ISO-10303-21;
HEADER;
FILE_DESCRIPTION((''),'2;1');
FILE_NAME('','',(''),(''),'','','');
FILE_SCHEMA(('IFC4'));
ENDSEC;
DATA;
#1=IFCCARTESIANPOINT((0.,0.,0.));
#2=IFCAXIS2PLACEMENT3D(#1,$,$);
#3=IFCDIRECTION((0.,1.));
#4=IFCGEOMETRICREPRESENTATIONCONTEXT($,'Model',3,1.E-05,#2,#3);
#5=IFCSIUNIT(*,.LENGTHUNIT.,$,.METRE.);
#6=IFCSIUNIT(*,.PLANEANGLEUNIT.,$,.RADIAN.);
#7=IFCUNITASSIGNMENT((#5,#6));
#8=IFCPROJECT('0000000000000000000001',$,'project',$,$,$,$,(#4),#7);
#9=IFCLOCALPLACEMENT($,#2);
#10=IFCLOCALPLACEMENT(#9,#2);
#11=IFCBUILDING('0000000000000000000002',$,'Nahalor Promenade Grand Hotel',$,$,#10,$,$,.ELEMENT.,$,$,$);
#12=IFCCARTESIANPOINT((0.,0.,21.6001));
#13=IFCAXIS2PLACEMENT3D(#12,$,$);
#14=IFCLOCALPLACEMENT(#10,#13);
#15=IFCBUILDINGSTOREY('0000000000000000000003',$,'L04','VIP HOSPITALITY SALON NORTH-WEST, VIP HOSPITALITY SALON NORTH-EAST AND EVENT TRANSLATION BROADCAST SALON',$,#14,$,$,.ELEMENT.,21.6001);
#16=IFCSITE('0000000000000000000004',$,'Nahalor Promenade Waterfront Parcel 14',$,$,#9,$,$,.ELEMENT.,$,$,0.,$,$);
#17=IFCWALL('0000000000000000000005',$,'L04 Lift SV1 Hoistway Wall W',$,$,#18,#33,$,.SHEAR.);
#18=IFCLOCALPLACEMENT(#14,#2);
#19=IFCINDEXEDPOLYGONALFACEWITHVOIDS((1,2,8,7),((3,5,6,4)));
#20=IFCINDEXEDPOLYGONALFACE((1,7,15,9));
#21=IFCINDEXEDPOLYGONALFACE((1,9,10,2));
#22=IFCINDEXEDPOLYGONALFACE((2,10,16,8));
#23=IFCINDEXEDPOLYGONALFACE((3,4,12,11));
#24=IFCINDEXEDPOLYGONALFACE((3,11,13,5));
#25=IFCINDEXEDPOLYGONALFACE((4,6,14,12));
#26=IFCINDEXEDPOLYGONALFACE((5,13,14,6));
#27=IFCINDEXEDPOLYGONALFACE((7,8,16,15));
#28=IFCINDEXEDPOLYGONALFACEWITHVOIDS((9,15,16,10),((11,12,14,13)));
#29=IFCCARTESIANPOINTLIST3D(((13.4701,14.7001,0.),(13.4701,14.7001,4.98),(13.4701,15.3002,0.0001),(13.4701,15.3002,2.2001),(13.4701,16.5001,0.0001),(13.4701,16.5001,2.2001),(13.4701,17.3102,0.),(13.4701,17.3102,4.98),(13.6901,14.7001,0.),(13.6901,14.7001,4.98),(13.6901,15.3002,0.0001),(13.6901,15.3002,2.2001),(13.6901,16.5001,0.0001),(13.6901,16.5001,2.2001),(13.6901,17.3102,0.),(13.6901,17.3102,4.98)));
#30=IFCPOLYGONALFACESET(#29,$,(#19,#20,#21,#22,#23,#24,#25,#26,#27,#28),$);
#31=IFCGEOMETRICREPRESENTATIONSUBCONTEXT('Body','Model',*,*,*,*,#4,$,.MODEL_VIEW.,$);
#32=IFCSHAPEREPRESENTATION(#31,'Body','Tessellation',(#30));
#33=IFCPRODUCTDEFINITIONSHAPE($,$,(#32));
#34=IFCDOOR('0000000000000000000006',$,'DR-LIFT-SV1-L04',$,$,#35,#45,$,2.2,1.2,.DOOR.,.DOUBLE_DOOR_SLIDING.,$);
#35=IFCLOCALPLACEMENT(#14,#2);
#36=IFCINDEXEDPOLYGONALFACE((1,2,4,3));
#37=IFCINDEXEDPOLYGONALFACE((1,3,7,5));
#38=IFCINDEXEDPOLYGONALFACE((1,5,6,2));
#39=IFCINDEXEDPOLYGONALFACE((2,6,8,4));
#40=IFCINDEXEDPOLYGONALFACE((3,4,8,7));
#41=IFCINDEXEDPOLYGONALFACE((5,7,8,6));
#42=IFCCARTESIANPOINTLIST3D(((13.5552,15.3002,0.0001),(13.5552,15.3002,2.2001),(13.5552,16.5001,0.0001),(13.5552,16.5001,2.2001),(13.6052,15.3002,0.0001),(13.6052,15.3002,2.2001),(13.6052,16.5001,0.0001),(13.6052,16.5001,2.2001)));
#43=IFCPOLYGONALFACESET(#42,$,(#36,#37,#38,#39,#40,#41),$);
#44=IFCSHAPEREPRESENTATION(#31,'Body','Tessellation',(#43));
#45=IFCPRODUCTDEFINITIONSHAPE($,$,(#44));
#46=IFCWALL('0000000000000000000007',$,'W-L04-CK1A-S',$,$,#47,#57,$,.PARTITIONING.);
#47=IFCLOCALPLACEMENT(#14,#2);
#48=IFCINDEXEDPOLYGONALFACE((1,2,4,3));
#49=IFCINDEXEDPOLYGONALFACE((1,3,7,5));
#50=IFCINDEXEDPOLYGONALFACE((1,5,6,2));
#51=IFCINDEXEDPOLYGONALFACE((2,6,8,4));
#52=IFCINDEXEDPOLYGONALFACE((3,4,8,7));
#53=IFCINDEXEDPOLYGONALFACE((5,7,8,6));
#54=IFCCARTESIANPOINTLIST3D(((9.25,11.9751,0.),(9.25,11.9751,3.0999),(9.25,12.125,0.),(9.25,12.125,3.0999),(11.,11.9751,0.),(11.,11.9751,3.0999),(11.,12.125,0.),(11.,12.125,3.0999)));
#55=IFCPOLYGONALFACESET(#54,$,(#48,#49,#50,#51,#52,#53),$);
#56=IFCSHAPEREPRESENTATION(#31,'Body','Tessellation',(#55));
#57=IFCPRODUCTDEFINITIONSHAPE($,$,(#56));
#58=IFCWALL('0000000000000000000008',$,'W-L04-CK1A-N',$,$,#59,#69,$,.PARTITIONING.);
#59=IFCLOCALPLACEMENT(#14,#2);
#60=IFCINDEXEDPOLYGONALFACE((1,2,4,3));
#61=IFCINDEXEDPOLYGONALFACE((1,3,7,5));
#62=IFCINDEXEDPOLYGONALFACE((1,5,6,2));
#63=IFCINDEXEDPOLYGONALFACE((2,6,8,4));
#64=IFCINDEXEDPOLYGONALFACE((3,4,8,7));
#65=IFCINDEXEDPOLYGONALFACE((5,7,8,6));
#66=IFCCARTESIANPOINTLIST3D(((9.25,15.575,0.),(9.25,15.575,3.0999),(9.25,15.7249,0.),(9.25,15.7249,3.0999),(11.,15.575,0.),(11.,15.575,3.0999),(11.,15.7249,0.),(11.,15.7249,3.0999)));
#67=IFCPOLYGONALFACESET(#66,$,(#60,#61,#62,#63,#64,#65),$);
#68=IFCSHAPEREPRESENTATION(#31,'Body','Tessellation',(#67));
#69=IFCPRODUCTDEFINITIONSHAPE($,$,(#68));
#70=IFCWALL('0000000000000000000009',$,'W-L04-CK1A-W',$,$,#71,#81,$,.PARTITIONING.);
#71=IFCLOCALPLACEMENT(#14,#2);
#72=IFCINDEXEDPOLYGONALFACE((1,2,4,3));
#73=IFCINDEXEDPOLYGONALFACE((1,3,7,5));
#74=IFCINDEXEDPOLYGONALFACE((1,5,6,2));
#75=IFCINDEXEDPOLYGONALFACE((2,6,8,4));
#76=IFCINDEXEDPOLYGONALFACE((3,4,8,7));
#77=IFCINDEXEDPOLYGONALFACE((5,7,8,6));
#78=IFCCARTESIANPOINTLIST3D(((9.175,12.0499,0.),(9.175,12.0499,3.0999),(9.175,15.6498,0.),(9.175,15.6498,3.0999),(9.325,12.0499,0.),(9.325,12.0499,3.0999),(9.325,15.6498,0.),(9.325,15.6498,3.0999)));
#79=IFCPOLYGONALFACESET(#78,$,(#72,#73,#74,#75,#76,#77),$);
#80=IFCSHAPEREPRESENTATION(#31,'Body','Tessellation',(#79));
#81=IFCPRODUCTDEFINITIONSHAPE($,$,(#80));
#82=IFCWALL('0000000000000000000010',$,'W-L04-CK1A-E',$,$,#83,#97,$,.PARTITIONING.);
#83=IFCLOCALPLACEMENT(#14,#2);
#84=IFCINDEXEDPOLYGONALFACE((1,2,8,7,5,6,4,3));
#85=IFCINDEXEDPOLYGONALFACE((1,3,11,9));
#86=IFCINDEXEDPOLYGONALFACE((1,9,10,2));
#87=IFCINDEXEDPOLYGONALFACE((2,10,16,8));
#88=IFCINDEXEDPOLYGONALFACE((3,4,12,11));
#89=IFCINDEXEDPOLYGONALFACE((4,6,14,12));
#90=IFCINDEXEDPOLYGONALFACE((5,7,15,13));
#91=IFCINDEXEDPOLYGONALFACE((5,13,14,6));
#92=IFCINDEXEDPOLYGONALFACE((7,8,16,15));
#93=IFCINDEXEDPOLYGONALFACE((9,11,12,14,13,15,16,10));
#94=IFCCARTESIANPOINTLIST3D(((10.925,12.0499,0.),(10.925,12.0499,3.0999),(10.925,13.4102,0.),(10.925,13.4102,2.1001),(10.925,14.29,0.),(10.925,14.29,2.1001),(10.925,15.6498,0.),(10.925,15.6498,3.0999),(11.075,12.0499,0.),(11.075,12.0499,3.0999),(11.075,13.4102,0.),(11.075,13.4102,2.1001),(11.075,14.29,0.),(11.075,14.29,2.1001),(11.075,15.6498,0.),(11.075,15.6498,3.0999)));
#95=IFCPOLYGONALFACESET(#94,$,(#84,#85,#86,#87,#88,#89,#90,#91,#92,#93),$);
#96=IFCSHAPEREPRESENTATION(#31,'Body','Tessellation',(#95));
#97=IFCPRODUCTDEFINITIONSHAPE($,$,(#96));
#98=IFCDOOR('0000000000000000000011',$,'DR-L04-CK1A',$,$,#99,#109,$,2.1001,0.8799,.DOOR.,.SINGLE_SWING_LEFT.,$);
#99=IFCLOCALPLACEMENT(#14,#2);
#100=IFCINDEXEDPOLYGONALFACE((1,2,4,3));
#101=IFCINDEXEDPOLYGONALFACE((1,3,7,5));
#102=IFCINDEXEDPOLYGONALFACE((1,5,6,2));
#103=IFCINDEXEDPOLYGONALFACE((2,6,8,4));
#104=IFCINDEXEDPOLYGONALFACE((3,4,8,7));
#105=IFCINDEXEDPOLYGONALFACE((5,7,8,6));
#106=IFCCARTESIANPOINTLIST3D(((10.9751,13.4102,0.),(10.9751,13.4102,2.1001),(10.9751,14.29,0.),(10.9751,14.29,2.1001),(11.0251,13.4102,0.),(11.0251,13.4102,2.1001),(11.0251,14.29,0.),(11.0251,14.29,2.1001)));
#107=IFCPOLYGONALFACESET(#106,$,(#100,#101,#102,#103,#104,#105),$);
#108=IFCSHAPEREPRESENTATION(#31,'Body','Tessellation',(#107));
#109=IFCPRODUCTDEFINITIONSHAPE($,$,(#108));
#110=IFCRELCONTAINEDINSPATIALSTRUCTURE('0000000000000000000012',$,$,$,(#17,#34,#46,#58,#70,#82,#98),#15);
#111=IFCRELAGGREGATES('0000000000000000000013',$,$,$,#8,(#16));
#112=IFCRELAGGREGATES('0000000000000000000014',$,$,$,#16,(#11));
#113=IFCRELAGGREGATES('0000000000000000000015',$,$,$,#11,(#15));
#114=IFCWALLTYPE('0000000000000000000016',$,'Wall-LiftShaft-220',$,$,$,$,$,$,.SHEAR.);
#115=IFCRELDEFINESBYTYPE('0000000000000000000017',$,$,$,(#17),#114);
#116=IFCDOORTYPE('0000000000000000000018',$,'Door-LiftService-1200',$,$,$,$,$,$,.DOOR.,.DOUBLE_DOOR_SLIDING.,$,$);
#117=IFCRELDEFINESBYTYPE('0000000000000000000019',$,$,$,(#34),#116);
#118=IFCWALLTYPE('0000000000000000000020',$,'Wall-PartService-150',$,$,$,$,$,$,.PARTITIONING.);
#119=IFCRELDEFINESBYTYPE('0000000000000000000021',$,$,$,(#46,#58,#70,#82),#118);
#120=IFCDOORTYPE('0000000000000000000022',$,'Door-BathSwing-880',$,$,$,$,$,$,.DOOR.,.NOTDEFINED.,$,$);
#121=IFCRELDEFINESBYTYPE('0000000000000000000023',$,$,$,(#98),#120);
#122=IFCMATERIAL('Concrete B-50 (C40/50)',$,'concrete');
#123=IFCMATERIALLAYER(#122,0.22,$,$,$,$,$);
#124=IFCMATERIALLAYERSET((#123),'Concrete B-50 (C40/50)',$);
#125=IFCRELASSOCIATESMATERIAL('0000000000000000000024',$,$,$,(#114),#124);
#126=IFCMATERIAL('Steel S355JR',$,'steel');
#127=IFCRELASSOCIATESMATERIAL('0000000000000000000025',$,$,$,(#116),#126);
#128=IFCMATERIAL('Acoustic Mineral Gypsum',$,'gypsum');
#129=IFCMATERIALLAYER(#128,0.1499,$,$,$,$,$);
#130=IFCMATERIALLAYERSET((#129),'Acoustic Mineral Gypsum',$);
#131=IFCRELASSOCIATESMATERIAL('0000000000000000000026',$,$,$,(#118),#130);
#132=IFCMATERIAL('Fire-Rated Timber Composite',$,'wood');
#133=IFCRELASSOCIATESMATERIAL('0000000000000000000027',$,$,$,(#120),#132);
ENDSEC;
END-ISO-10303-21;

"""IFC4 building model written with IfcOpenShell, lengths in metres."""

from ifc_helpers import new_model, si_unit, direction, frame, frame_2d, origin, place, context, subcontext, project, spatial, rectangle, extrude, source, transform, mapped, material, layer, layer_set, type_object, element, fill, save


model = new_model("IFC4")

# Units and contexts
model_context = context("Model", 3, precision=1e-05, world=origin(), true_north=direction((0.0, 1.0)))
body_context = subcontext(model_context, "Body", "Model", "MODEL_VIEW")
ifc_project = project(units=[si_unit("LENGTHUNIT", "METRE"), si_unit("PLANEANGLEUNIT", "RADIAN")], contexts=[model_context])

# Site, building, storey
site_placement = place(None, origin())
site = spatial("IfcSite", under=ifc_project, at=site_placement, Name="Nahalor Promenade Waterfront Parcel 14", CompositionType="ELEMENT", RefElevation=0.0)
building_placement = place(site_placement, origin())
building = spatial("IfcBuilding", under=site, at=building_placement, Name="Nahalor Promenade Grand Hotel", CompositionType="ELEMENT")
storey_placement = place(building_placement, frame((0.0, 0.0, 21.6001)))
storey = spatial("IfcBuildingStorey", under=building, at=storey_placement, Name="L04", Description="VIP HOSPITALITY SALON NORTH-WEST, VIP HOSPITALITY SALON NORTH-EAST AND EVENT TRANSLATION BROADCAST SALON", CompositionType="ELEMENT", Elevation=21.6001)

# Shared definitions
ifc_material_1 = material(Name="Steel S355JR", Category="steel")

# Shared definitions
ifc_material_2 = material(Name="Concrete B-50 (C40/50)", Category="concrete")
ifc_layer_1 = layer(ifc_material_2, 0.22)
ifc_layer_set_1 = layer_set([ifc_layer_1], Name="Concrete B-50 (C40/50)")
wall_type_1 = type_object("IfcWallType", Name="Wall-LiftShaft-220", PredefinedType="SHEAR", material=ifc_layer_set_1)

# Wall, opening, door
shared_shape_1 = source(origin(), body_context, "Body", "SweptSolid", [
    extrude(rectangle(XDim=2.6101, YDim=0.22, at=frame_2d((1.3052, 0.0))), origin(), (0.0, 0.0, 1.0), 4.98),
])
wall_1_placement = place(storey_placement, frame((13.5801, 14.7, 0.0), z_axis=(0.0, 0.0, 1.0), x_axis=(0.0, 1.0, 0.0)))
wall_1 = element("IfcWall", 1, at=wall_1_placement, inside=storey, type_object=wall_type_1, Name="L04 Lift SV1 Hoistway Wall W", PredefinedType="SHEAR", context=body_context, shape_type="MappedRepresentation", body=[
    mapped(shared_shape_1, transform((0.0, 0.0, 0.0), scale=1.0)),
])
opening_1_placement = place(wall_1_placement, frame((0.6001, 0.0, 0.0)))
opening_1 = element("IfcOpeningElement", 2, at=opening_1_placement, cuts=wall_1, PredefinedType="OPENING", context=body_context, shape_type="SweptSolid", body=[
    extrude(rectangle(XDim=1.2, YDim=2.2, at=frame_2d((0.6001, 1.1001))), frame((0.0, 0.1199, 0.0), z_axis=(0.0, -1.0, 0.0), x_axis=(1.0, 0.0, 0.0)), (0.0, 0.0, 1.0), 0.24),
])
door_type_1 = type_object("IfcDoorType", Name="Door-LiftService-1200", OperationType="DOUBLE_DOOR_SLIDING", PredefinedType="DOOR", material=ifc_material_1)
shared_shape_2 = source(origin(), body_context, "Body", "SweptSolid", [
    extrude(rectangle(XDim=1.2, YDim=2.2, at=frame_2d((0.6001, 1.1001))), frame((0.0, 0.0249, 0.0), z_axis=(0.0, -1.0, 0.0), x_axis=(1.0, 0.0, 0.0)), (0.0, 0.0, 1.0), 0.05),
])
door_1_placement = place(opening_1_placement, origin())
door_1 = element("IfcDoor", 3, at=door_1_placement, inside=storey, type_object=door_type_1, Name="DR-LIFT-SV1-L04", OperationType="DOUBLE_DOOR_SLIDING", OverallHeight=2.2, OverallWidth=1.2, PredefinedType="DOOR", context=body_context, shape_type="MappedRepresentation", body=[
    mapped(shared_shape_2, transform((0.0, 0.0, 0.0), scale=1.0)),
])
fill(opening_1, door_1)

# Walls
ifc_material_3 = material(Name="Acoustic Mineral Gypsum", Category="gypsum")
ifc_layer_2 = layer(ifc_material_3, 0.1499)
ifc_layer_set_2 = layer_set([ifc_layer_2], Name="Acoustic Mineral Gypsum")
wall_type_2 = type_object("IfcWallType", Name="Wall-PartService-150", PredefinedType="PARTITIONING", material=ifc_layer_set_2)
shared_shape_3 = source(origin(), body_context, "Body", "SweptSolid", [
    extrude(rectangle(XDim=1.75, YDim=0.1499, at=frame_2d((0.875, 0.0))), origin(), (0.0, 0.0, 1.0), 3.0999),
])
for number, where, z_axis, x_axis, name in (
    (4, (9.25, 12.05, 0.0), (0.0, 0.0, 1.0), (1.0, 0.0, 0.0), "W-L04-CK1A-S"),
    (5, (9.25, 15.6499, 0.0), (0.0, 0.0, 1.0), (1.0, 0.0, 0.0), "W-L04-CK1A-N"),
):
    element("IfcWall", number, at=place(storey_placement, frame(where, z_axis=z_axis, x_axis=x_axis)), inside=storey, type_object=wall_type_2, Name=name, PredefinedType="PARTITIONING", context=body_context, shape_type="MappedRepresentation", body=[
        mapped(shared_shape_3, transform((0.0, 0.0, 0.0), scale=1.0)),
    ])
shared_shape_4 = source(origin(), body_context, "Body", "SweptSolid", [
    extrude(rectangle(XDim=3.5999, YDim=0.1499, at=frame_2d((1.7998, 0.0))), origin(), (0.0, 0.0, 1.0), 3.0999),
])
wall_2_placement = place(storey_placement, frame((9.25, 12.05, 0.0), z_axis=(0.0, 0.0, 1.0), x_axis=(0.0, 1.0, 0.0)))
element("IfcWall", 6, at=wall_2_placement, inside=storey, type_object=wall_type_2, Name="W-L04-CK1A-W", PredefinedType="PARTITIONING", context=body_context, shape_type="MappedRepresentation", body=[
    mapped(shared_shape_4, transform((0.0, 0.0, 0.0), scale=1.0)),
])

# Wall, opening, door
wall_3_placement = place(storey_placement, frame((11.0, 12.05, 0.0), z_axis=(0.0, 0.0, 1.0), x_axis=(0.0, 1.0, 0.0)))
wall_3 = element("IfcWall", 7, at=wall_3_placement, inside=storey, type_object=wall_type_2, Name="W-L04-CK1A-E", PredefinedType="PARTITIONING", context=body_context, shape_type="MappedRepresentation", body=[
    mapped(shared_shape_4, transform((0.0, 0.0, 0.0), scale=1.0)),
])
opening_2_placement = place(wall_3_placement, frame((1.3601, 0.0, 0.0)))
opening_2 = element("IfcOpeningElement", 8, at=opening_2_placement, cuts=wall_3, PredefinedType="OPENING", context=body_context, shape_type="SweptSolid", body=[
    extrude(rectangle(XDim=0.8799, YDim=2.1001, at=frame_2d((0.4399, 1.05))), frame((0.0, 0.085, 0.0), z_axis=(0.0, -1.0, 0.0), x_axis=(1.0, 0.0, 0.0)), (0.0, 0.0, 1.0), 0.1699),
])
ifc_material_4 = material(Name="Fire-Rated Timber Composite", Category="wood")
door_type_2 = type_object("IfcDoorType", Name="Door-BathSwing-880", OperationType="NOTDEFINED", PredefinedType="DOOR", material=ifc_material_4)
shared_shape_5 = source(origin(), body_context, "Body", "SweptSolid", [
    extrude(rectangle(XDim=0.8799, YDim=2.1001, at=frame_2d((0.4399, 1.05))), frame((0.0, 0.0249, 0.0), z_axis=(0.0, -1.0, 0.0), x_axis=(1.0, 0.0, 0.0)), (0.0, 0.0, 1.0), 0.05),
])
door_2_placement = place(opening_2_placement, origin())
door_2 = element("IfcDoor", 9, at=door_2_placement, inside=storey, type_object=door_type_2, Name="DR-L04-CK1A", OperationType="SINGLE_SWING_LEFT", OverallHeight=2.1001, OverallWidth=0.8799, PredefinedType="DOOR", context=body_context, shape_type="MappedRepresentation", body=[
    mapped(shared_shape_5, transform((0.0, 0.0, 0.0), scale=1.0)),
])
fill(opening_2, door_2)

save(model, "model.ifc")
